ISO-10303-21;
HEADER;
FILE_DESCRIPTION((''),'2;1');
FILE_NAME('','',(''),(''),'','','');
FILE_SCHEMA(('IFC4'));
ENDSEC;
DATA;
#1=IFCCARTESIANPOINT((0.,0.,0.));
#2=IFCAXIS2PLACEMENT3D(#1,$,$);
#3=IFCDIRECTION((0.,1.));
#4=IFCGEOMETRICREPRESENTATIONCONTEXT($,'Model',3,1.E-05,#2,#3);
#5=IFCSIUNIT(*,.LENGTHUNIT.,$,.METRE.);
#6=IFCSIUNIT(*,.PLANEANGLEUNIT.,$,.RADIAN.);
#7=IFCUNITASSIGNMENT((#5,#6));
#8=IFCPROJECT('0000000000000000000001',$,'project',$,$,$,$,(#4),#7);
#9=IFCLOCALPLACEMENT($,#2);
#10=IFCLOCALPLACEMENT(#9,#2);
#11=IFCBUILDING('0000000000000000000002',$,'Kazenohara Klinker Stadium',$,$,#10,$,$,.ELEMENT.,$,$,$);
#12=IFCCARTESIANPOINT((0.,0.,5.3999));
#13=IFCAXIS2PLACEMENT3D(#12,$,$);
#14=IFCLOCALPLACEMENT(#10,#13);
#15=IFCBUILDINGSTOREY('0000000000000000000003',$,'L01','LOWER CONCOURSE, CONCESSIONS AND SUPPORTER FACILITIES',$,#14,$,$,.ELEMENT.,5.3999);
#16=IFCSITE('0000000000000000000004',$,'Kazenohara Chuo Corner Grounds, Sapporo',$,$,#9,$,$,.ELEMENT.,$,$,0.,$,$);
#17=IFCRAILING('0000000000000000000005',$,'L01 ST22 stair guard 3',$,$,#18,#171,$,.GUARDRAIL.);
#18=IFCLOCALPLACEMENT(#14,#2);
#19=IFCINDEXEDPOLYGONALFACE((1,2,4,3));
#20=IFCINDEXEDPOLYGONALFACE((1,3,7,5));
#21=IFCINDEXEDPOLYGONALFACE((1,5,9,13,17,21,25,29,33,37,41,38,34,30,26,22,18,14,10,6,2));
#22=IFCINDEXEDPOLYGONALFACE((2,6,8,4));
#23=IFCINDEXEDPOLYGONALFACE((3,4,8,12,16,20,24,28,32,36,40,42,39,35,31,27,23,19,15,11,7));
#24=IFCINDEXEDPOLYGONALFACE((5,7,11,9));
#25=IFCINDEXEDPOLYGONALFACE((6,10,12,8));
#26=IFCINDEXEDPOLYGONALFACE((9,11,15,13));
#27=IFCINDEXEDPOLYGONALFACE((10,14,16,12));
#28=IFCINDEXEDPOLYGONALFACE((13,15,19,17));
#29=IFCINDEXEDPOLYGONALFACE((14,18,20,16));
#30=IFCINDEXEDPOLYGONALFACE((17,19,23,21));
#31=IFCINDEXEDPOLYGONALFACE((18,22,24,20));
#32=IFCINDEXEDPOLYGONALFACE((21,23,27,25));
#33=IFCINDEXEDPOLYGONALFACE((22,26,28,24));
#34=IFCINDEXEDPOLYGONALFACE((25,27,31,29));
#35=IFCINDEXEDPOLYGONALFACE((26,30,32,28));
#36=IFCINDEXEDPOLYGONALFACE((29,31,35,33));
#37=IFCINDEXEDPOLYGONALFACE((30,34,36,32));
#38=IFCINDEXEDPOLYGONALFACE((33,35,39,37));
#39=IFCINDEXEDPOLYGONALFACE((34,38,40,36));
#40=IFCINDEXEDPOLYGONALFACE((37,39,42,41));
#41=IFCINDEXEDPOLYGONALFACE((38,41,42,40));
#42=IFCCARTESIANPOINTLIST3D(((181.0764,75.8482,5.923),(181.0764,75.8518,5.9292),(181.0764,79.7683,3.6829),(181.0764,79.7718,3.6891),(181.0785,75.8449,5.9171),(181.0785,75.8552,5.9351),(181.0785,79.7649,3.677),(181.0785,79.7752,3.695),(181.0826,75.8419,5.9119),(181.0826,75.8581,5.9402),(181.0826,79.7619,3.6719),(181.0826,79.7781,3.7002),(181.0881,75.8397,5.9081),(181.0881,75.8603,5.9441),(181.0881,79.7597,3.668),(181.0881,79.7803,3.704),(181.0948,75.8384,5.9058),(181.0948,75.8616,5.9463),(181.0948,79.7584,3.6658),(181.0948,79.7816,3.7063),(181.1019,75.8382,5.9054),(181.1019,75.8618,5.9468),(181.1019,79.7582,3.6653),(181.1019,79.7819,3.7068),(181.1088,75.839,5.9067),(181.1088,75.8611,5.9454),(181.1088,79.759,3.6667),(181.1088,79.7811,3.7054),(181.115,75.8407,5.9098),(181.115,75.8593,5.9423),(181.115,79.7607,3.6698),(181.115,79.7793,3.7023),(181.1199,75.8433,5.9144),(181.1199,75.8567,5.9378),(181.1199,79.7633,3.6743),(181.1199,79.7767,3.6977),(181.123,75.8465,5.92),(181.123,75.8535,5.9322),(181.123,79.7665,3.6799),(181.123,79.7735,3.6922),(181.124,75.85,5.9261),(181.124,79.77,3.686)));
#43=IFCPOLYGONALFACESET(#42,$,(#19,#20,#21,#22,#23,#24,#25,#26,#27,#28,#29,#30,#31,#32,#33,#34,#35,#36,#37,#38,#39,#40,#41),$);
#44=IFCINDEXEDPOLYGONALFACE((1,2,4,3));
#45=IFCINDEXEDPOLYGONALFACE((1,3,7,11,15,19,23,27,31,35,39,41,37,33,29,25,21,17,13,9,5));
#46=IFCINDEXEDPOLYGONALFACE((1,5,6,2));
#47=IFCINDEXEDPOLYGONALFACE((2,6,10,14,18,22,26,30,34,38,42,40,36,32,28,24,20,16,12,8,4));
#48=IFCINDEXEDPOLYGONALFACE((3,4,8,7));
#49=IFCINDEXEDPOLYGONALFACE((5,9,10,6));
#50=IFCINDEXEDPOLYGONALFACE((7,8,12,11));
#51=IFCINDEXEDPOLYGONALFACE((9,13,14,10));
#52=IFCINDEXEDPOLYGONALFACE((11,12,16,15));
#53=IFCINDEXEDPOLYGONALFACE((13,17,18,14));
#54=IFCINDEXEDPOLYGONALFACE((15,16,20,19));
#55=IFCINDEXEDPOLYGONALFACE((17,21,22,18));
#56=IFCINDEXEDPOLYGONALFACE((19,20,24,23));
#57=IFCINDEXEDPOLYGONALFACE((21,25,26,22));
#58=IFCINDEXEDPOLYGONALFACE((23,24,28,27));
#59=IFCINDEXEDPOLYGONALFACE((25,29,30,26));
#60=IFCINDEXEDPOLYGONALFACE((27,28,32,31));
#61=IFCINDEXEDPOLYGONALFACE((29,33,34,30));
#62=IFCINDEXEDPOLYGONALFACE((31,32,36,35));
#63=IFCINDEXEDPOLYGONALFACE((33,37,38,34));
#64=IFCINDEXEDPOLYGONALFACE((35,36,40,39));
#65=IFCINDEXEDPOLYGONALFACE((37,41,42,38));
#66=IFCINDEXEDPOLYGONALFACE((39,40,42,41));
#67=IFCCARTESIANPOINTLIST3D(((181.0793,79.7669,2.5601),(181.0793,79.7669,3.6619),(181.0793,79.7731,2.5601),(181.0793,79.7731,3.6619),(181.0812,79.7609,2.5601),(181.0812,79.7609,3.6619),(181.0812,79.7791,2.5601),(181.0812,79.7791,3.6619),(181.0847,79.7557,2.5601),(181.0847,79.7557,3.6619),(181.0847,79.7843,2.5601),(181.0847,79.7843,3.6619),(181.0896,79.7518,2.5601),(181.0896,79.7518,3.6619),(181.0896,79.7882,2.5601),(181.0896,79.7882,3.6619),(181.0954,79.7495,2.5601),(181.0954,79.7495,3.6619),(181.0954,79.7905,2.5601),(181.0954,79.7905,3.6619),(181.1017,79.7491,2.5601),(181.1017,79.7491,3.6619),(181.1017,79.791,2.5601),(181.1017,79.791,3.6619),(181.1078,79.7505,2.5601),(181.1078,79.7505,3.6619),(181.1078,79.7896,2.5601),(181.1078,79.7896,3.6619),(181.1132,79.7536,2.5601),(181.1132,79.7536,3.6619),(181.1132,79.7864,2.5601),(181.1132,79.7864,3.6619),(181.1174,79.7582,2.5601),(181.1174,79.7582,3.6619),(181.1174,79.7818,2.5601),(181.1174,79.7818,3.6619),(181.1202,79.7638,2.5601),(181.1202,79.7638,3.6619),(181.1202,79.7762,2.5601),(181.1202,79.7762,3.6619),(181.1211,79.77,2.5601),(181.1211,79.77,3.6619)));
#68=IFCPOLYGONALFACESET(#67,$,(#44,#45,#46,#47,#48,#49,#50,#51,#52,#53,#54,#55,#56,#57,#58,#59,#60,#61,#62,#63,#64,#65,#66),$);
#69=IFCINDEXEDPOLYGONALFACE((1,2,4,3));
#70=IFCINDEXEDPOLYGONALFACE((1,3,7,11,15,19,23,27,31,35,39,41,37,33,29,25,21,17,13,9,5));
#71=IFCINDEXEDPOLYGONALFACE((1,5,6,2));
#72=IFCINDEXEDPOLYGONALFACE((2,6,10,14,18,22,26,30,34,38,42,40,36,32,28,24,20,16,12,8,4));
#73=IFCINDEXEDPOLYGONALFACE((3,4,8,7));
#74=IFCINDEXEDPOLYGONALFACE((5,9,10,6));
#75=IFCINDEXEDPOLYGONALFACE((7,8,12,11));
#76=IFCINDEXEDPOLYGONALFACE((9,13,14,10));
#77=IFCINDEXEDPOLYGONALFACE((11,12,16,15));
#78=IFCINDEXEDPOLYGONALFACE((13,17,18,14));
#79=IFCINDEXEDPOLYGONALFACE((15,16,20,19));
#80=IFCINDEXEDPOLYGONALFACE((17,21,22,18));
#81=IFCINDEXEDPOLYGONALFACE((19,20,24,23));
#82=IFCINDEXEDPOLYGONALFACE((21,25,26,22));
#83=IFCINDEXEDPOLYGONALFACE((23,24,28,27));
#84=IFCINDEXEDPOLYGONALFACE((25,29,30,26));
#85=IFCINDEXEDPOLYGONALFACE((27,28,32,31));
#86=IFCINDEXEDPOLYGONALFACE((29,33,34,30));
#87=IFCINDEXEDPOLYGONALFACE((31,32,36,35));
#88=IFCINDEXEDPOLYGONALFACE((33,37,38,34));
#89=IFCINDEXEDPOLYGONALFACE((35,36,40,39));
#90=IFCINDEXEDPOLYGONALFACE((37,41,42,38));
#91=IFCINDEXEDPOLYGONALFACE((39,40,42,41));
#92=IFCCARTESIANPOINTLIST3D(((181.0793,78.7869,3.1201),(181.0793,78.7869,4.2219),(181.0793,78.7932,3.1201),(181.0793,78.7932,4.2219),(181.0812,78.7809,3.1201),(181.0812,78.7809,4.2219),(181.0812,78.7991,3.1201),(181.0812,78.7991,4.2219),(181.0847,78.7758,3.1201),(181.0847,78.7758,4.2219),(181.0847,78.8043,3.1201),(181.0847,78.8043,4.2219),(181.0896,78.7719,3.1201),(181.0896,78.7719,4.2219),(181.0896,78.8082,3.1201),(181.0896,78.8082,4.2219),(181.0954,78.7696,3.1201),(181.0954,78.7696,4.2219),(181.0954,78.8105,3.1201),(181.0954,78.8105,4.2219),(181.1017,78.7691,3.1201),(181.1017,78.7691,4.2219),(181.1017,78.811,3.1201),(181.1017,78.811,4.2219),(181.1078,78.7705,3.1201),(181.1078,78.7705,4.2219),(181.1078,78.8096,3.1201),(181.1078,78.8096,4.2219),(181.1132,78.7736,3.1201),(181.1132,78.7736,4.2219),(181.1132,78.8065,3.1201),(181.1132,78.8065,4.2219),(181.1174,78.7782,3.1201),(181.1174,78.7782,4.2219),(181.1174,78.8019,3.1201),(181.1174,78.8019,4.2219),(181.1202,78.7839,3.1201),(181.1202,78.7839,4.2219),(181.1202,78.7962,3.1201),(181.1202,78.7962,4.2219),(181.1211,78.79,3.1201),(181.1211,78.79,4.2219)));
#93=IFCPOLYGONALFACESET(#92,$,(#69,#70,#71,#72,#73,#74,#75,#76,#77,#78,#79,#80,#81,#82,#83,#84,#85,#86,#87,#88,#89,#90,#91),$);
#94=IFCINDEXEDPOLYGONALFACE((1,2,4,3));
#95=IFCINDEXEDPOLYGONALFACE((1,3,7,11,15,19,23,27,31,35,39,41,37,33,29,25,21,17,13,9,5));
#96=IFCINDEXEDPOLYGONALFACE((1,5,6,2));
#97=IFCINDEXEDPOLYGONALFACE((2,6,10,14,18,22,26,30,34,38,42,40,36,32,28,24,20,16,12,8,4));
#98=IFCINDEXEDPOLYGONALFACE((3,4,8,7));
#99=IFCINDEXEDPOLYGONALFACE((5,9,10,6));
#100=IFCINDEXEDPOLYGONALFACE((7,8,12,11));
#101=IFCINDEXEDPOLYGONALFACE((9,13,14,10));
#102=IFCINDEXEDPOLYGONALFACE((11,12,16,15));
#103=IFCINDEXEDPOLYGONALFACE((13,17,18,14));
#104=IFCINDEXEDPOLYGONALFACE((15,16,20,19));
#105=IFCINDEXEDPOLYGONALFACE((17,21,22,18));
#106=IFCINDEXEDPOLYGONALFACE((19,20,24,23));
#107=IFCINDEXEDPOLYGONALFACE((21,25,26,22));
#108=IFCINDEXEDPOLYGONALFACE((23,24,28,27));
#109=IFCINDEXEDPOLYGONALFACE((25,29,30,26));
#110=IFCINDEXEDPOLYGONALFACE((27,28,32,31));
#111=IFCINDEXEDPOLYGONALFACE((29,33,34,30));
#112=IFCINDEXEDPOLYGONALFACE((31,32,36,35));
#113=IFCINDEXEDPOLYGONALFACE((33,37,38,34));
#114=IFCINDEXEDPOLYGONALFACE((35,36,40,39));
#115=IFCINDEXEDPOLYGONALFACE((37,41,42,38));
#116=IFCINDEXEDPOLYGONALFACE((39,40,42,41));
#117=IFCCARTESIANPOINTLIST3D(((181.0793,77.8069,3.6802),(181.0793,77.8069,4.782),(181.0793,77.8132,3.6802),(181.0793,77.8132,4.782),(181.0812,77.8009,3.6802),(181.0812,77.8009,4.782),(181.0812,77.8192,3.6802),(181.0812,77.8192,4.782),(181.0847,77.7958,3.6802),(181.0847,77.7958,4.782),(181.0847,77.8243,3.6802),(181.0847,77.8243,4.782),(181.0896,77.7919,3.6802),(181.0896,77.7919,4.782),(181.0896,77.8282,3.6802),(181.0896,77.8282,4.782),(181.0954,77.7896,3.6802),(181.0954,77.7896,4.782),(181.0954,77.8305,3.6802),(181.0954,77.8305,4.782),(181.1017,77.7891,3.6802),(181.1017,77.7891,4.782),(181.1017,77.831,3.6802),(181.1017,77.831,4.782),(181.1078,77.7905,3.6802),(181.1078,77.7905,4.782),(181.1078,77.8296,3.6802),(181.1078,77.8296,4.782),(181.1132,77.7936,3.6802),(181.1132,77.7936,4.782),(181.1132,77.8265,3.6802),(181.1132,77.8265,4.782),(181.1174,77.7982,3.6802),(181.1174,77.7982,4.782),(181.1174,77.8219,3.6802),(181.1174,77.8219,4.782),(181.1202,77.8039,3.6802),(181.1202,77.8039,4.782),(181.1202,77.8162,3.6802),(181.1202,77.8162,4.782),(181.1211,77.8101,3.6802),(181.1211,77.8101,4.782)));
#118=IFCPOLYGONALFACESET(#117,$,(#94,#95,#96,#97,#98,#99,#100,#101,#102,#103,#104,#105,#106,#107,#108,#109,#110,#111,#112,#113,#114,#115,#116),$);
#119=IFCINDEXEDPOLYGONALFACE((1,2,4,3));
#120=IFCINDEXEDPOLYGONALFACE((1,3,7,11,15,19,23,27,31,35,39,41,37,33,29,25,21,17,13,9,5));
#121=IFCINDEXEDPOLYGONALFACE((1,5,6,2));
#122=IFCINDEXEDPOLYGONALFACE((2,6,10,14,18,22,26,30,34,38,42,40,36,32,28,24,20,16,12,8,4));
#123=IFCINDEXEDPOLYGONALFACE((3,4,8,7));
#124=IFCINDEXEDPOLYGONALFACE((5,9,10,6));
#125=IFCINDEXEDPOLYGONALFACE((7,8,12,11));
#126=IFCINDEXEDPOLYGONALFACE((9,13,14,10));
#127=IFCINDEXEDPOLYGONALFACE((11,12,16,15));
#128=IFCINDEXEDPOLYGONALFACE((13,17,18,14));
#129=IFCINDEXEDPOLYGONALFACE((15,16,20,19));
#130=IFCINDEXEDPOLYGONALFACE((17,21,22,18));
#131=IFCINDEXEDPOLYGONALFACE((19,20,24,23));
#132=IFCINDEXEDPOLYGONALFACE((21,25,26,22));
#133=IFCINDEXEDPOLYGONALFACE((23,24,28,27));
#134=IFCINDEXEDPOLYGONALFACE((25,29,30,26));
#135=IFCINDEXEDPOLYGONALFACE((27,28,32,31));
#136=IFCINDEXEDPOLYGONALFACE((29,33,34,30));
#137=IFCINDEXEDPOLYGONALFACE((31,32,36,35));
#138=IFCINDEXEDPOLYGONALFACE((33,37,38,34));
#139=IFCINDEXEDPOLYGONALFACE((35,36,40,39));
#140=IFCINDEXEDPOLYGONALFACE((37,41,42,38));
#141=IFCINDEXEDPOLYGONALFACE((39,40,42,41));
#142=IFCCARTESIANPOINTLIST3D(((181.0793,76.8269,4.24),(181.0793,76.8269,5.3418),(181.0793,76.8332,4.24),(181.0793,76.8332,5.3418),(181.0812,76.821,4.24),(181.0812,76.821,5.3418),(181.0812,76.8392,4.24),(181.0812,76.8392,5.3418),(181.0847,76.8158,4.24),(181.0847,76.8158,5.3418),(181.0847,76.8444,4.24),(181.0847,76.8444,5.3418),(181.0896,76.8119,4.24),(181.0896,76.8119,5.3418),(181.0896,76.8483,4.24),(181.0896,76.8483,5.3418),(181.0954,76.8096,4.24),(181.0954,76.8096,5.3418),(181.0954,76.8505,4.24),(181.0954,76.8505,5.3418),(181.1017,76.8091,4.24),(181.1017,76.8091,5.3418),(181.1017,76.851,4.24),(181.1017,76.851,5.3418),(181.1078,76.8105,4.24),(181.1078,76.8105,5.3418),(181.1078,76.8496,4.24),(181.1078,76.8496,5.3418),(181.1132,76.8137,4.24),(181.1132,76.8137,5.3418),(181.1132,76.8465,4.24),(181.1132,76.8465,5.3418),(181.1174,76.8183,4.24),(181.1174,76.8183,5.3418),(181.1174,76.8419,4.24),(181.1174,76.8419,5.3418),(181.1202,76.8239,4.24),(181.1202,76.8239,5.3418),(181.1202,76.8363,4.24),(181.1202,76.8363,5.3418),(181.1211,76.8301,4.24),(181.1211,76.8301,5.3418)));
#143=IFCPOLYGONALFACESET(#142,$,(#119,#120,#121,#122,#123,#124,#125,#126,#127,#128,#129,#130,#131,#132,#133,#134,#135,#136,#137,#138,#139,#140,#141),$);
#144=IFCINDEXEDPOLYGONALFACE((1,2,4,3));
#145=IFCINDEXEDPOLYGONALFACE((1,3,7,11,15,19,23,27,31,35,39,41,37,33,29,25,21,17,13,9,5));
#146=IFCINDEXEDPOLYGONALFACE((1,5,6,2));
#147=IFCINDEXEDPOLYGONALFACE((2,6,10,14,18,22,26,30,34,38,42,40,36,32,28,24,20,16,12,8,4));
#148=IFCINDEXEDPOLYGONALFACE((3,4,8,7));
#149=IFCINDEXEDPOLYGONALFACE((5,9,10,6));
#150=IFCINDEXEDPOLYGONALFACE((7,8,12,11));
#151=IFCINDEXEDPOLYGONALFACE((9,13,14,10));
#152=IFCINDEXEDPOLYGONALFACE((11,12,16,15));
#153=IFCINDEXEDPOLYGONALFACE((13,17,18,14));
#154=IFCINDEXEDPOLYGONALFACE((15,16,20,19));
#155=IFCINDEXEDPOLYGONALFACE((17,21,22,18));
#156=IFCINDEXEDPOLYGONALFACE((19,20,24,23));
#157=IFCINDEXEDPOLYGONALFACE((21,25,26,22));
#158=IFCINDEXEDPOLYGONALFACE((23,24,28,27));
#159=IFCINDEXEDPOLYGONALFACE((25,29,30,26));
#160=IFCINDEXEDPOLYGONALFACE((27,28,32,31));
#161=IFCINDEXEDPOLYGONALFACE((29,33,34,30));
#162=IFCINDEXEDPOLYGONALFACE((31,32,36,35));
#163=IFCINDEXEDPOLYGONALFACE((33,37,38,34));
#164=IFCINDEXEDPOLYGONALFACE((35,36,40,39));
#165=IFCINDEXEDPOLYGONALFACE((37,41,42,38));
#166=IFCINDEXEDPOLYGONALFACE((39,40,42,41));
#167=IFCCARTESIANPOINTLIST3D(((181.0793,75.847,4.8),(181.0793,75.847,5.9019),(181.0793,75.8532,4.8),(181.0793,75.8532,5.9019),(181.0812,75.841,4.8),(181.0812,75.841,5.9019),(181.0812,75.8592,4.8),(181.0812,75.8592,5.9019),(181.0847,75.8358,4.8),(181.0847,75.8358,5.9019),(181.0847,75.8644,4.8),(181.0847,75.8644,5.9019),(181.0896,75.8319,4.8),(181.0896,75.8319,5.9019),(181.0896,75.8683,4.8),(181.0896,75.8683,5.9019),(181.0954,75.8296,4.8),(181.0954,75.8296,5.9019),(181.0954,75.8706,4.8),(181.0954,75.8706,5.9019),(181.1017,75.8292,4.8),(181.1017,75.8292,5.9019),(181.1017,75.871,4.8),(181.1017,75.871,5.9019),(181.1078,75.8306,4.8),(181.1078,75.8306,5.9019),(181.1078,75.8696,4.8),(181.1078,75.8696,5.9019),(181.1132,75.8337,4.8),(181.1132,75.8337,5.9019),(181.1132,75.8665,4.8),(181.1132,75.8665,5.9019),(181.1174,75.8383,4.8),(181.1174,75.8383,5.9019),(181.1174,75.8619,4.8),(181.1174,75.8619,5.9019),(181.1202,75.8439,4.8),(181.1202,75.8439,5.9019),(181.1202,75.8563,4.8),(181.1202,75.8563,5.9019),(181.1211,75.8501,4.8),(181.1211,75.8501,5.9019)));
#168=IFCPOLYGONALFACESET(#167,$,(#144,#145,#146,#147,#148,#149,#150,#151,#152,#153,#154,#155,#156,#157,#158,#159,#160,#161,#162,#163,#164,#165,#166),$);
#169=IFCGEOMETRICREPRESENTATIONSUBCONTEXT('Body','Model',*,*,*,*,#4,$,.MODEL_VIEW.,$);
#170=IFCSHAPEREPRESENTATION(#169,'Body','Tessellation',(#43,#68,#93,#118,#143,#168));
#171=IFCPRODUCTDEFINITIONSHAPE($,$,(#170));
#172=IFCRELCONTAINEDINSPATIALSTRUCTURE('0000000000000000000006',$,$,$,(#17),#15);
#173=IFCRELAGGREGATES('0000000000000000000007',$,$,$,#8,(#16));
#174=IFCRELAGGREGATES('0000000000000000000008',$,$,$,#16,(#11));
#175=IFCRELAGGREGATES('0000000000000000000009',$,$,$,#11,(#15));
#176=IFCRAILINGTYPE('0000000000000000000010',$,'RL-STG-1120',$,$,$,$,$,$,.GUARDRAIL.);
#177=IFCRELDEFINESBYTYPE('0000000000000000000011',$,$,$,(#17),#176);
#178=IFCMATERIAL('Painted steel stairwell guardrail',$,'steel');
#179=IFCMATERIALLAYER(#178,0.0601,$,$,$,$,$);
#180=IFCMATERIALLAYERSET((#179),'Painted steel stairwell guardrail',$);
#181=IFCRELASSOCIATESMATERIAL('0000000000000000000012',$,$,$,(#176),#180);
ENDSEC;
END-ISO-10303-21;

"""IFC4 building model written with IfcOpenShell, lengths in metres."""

from ifc_helpers import new_model, si_unit, direction, frame, origin, origin_2d, place, context, subcontext, project, spatial, circle, extrude, material, layer, layer_set, type_object, element, save


model = new_model("IFC4")

# Units and contexts
model_context = context("Model", 3, precision=1e-05, world=origin(), true_north=direction((0.0, 1.0)))
body_context = subcontext(model_context, "Body", "Model", "MODEL_VIEW")
ifc_project = project(units=[si_unit("LENGTHUNIT", "METRE"), si_unit("PLANEANGLEUNIT", "RADIAN")], contexts=[model_context])

# Site, building, storey
site_placement = place(None, origin())
site = spatial("IfcSite", under=ifc_project, at=site_placement, Name="Kazenohara Chuo Corner Grounds, Sapporo", CompositionType="ELEMENT", RefElevation=0.0)
building_placement = place(site_placement, origin())
building = spatial("IfcBuilding", under=site, at=building_placement, Name="Kazenohara Klinker Stadium", CompositionType="ELEMENT")
storey_placement = place(building_placement, frame((0.0, 0.0, 5.3999)))
storey = spatial("IfcBuildingStorey", under=building, at=storey_placement, Name="L01", Description="LOWER CONCOURSE, CONCESSIONS AND SUPPORTER FACILITIES", CompositionType="ELEMENT", Elevation=5.3999)

# Railing
ifc_material_1 = material(Name="Painted steel stairwell guardrail", Category="steel")
ifc_layer_1 = layer(ifc_material_1, 0.0601)
ifc_layer_set_1 = layer_set([ifc_layer_1], Name="Painted steel stairwell guardrail")
railing_type_1 = type_object("IfcRailingType", Name="RL-STG-1120", PredefinedType="GUARDRAIL", material=ifc_layer_set_1)
railing_1_placement = place(storey_placement, frame((181.1001, 79.77, 2.5601)))
element("IfcRailing", 1, at=railing_1_placement, inside=storey, type_object=railing_type_1, Name="L01 ST22 stair guard 3", PredefinedType="GUARDRAIL", context=body_context, shape_type="SweptSolid", body=[
    extrude(circle(Radius=0.0239, at=origin_2d()), frame((0.0, 0.0, 1.126), z_axis=(0.0, -0.86824, 0.496145), x_axis=(1.0, 0.0, 0.0)), (0.0, 0.0, 1.0), 4.5149),
    extrude(circle(Radius=0.021, at=origin_2d()), origin(), (0.0, 0.0, 1.0), 1.1018),
    extrude(circle(Radius=0.021, at=origin_2d()), frame((0.0, -0.98, 0.5601)), (0.0, 0.0, 1.0), 1.1018),
    extrude(circle(Radius=0.021, at=origin_2d()), frame((0.0, -1.96, 1.1201)), (0.0, 0.0, 1.0), 1.1018),
    extrude(circle(Radius=0.021, at=origin_2d()), frame((0.0, -2.9399, 1.6799)), (0.0, 0.0, 1.0), 1.1018),
    extrude(circle(Radius=0.021, at=origin_2d()), frame((0.0, -3.9199, 2.24)), (0.0, 0.0, 1.0), 1.1018),
])

save(model, "model.ifc")
